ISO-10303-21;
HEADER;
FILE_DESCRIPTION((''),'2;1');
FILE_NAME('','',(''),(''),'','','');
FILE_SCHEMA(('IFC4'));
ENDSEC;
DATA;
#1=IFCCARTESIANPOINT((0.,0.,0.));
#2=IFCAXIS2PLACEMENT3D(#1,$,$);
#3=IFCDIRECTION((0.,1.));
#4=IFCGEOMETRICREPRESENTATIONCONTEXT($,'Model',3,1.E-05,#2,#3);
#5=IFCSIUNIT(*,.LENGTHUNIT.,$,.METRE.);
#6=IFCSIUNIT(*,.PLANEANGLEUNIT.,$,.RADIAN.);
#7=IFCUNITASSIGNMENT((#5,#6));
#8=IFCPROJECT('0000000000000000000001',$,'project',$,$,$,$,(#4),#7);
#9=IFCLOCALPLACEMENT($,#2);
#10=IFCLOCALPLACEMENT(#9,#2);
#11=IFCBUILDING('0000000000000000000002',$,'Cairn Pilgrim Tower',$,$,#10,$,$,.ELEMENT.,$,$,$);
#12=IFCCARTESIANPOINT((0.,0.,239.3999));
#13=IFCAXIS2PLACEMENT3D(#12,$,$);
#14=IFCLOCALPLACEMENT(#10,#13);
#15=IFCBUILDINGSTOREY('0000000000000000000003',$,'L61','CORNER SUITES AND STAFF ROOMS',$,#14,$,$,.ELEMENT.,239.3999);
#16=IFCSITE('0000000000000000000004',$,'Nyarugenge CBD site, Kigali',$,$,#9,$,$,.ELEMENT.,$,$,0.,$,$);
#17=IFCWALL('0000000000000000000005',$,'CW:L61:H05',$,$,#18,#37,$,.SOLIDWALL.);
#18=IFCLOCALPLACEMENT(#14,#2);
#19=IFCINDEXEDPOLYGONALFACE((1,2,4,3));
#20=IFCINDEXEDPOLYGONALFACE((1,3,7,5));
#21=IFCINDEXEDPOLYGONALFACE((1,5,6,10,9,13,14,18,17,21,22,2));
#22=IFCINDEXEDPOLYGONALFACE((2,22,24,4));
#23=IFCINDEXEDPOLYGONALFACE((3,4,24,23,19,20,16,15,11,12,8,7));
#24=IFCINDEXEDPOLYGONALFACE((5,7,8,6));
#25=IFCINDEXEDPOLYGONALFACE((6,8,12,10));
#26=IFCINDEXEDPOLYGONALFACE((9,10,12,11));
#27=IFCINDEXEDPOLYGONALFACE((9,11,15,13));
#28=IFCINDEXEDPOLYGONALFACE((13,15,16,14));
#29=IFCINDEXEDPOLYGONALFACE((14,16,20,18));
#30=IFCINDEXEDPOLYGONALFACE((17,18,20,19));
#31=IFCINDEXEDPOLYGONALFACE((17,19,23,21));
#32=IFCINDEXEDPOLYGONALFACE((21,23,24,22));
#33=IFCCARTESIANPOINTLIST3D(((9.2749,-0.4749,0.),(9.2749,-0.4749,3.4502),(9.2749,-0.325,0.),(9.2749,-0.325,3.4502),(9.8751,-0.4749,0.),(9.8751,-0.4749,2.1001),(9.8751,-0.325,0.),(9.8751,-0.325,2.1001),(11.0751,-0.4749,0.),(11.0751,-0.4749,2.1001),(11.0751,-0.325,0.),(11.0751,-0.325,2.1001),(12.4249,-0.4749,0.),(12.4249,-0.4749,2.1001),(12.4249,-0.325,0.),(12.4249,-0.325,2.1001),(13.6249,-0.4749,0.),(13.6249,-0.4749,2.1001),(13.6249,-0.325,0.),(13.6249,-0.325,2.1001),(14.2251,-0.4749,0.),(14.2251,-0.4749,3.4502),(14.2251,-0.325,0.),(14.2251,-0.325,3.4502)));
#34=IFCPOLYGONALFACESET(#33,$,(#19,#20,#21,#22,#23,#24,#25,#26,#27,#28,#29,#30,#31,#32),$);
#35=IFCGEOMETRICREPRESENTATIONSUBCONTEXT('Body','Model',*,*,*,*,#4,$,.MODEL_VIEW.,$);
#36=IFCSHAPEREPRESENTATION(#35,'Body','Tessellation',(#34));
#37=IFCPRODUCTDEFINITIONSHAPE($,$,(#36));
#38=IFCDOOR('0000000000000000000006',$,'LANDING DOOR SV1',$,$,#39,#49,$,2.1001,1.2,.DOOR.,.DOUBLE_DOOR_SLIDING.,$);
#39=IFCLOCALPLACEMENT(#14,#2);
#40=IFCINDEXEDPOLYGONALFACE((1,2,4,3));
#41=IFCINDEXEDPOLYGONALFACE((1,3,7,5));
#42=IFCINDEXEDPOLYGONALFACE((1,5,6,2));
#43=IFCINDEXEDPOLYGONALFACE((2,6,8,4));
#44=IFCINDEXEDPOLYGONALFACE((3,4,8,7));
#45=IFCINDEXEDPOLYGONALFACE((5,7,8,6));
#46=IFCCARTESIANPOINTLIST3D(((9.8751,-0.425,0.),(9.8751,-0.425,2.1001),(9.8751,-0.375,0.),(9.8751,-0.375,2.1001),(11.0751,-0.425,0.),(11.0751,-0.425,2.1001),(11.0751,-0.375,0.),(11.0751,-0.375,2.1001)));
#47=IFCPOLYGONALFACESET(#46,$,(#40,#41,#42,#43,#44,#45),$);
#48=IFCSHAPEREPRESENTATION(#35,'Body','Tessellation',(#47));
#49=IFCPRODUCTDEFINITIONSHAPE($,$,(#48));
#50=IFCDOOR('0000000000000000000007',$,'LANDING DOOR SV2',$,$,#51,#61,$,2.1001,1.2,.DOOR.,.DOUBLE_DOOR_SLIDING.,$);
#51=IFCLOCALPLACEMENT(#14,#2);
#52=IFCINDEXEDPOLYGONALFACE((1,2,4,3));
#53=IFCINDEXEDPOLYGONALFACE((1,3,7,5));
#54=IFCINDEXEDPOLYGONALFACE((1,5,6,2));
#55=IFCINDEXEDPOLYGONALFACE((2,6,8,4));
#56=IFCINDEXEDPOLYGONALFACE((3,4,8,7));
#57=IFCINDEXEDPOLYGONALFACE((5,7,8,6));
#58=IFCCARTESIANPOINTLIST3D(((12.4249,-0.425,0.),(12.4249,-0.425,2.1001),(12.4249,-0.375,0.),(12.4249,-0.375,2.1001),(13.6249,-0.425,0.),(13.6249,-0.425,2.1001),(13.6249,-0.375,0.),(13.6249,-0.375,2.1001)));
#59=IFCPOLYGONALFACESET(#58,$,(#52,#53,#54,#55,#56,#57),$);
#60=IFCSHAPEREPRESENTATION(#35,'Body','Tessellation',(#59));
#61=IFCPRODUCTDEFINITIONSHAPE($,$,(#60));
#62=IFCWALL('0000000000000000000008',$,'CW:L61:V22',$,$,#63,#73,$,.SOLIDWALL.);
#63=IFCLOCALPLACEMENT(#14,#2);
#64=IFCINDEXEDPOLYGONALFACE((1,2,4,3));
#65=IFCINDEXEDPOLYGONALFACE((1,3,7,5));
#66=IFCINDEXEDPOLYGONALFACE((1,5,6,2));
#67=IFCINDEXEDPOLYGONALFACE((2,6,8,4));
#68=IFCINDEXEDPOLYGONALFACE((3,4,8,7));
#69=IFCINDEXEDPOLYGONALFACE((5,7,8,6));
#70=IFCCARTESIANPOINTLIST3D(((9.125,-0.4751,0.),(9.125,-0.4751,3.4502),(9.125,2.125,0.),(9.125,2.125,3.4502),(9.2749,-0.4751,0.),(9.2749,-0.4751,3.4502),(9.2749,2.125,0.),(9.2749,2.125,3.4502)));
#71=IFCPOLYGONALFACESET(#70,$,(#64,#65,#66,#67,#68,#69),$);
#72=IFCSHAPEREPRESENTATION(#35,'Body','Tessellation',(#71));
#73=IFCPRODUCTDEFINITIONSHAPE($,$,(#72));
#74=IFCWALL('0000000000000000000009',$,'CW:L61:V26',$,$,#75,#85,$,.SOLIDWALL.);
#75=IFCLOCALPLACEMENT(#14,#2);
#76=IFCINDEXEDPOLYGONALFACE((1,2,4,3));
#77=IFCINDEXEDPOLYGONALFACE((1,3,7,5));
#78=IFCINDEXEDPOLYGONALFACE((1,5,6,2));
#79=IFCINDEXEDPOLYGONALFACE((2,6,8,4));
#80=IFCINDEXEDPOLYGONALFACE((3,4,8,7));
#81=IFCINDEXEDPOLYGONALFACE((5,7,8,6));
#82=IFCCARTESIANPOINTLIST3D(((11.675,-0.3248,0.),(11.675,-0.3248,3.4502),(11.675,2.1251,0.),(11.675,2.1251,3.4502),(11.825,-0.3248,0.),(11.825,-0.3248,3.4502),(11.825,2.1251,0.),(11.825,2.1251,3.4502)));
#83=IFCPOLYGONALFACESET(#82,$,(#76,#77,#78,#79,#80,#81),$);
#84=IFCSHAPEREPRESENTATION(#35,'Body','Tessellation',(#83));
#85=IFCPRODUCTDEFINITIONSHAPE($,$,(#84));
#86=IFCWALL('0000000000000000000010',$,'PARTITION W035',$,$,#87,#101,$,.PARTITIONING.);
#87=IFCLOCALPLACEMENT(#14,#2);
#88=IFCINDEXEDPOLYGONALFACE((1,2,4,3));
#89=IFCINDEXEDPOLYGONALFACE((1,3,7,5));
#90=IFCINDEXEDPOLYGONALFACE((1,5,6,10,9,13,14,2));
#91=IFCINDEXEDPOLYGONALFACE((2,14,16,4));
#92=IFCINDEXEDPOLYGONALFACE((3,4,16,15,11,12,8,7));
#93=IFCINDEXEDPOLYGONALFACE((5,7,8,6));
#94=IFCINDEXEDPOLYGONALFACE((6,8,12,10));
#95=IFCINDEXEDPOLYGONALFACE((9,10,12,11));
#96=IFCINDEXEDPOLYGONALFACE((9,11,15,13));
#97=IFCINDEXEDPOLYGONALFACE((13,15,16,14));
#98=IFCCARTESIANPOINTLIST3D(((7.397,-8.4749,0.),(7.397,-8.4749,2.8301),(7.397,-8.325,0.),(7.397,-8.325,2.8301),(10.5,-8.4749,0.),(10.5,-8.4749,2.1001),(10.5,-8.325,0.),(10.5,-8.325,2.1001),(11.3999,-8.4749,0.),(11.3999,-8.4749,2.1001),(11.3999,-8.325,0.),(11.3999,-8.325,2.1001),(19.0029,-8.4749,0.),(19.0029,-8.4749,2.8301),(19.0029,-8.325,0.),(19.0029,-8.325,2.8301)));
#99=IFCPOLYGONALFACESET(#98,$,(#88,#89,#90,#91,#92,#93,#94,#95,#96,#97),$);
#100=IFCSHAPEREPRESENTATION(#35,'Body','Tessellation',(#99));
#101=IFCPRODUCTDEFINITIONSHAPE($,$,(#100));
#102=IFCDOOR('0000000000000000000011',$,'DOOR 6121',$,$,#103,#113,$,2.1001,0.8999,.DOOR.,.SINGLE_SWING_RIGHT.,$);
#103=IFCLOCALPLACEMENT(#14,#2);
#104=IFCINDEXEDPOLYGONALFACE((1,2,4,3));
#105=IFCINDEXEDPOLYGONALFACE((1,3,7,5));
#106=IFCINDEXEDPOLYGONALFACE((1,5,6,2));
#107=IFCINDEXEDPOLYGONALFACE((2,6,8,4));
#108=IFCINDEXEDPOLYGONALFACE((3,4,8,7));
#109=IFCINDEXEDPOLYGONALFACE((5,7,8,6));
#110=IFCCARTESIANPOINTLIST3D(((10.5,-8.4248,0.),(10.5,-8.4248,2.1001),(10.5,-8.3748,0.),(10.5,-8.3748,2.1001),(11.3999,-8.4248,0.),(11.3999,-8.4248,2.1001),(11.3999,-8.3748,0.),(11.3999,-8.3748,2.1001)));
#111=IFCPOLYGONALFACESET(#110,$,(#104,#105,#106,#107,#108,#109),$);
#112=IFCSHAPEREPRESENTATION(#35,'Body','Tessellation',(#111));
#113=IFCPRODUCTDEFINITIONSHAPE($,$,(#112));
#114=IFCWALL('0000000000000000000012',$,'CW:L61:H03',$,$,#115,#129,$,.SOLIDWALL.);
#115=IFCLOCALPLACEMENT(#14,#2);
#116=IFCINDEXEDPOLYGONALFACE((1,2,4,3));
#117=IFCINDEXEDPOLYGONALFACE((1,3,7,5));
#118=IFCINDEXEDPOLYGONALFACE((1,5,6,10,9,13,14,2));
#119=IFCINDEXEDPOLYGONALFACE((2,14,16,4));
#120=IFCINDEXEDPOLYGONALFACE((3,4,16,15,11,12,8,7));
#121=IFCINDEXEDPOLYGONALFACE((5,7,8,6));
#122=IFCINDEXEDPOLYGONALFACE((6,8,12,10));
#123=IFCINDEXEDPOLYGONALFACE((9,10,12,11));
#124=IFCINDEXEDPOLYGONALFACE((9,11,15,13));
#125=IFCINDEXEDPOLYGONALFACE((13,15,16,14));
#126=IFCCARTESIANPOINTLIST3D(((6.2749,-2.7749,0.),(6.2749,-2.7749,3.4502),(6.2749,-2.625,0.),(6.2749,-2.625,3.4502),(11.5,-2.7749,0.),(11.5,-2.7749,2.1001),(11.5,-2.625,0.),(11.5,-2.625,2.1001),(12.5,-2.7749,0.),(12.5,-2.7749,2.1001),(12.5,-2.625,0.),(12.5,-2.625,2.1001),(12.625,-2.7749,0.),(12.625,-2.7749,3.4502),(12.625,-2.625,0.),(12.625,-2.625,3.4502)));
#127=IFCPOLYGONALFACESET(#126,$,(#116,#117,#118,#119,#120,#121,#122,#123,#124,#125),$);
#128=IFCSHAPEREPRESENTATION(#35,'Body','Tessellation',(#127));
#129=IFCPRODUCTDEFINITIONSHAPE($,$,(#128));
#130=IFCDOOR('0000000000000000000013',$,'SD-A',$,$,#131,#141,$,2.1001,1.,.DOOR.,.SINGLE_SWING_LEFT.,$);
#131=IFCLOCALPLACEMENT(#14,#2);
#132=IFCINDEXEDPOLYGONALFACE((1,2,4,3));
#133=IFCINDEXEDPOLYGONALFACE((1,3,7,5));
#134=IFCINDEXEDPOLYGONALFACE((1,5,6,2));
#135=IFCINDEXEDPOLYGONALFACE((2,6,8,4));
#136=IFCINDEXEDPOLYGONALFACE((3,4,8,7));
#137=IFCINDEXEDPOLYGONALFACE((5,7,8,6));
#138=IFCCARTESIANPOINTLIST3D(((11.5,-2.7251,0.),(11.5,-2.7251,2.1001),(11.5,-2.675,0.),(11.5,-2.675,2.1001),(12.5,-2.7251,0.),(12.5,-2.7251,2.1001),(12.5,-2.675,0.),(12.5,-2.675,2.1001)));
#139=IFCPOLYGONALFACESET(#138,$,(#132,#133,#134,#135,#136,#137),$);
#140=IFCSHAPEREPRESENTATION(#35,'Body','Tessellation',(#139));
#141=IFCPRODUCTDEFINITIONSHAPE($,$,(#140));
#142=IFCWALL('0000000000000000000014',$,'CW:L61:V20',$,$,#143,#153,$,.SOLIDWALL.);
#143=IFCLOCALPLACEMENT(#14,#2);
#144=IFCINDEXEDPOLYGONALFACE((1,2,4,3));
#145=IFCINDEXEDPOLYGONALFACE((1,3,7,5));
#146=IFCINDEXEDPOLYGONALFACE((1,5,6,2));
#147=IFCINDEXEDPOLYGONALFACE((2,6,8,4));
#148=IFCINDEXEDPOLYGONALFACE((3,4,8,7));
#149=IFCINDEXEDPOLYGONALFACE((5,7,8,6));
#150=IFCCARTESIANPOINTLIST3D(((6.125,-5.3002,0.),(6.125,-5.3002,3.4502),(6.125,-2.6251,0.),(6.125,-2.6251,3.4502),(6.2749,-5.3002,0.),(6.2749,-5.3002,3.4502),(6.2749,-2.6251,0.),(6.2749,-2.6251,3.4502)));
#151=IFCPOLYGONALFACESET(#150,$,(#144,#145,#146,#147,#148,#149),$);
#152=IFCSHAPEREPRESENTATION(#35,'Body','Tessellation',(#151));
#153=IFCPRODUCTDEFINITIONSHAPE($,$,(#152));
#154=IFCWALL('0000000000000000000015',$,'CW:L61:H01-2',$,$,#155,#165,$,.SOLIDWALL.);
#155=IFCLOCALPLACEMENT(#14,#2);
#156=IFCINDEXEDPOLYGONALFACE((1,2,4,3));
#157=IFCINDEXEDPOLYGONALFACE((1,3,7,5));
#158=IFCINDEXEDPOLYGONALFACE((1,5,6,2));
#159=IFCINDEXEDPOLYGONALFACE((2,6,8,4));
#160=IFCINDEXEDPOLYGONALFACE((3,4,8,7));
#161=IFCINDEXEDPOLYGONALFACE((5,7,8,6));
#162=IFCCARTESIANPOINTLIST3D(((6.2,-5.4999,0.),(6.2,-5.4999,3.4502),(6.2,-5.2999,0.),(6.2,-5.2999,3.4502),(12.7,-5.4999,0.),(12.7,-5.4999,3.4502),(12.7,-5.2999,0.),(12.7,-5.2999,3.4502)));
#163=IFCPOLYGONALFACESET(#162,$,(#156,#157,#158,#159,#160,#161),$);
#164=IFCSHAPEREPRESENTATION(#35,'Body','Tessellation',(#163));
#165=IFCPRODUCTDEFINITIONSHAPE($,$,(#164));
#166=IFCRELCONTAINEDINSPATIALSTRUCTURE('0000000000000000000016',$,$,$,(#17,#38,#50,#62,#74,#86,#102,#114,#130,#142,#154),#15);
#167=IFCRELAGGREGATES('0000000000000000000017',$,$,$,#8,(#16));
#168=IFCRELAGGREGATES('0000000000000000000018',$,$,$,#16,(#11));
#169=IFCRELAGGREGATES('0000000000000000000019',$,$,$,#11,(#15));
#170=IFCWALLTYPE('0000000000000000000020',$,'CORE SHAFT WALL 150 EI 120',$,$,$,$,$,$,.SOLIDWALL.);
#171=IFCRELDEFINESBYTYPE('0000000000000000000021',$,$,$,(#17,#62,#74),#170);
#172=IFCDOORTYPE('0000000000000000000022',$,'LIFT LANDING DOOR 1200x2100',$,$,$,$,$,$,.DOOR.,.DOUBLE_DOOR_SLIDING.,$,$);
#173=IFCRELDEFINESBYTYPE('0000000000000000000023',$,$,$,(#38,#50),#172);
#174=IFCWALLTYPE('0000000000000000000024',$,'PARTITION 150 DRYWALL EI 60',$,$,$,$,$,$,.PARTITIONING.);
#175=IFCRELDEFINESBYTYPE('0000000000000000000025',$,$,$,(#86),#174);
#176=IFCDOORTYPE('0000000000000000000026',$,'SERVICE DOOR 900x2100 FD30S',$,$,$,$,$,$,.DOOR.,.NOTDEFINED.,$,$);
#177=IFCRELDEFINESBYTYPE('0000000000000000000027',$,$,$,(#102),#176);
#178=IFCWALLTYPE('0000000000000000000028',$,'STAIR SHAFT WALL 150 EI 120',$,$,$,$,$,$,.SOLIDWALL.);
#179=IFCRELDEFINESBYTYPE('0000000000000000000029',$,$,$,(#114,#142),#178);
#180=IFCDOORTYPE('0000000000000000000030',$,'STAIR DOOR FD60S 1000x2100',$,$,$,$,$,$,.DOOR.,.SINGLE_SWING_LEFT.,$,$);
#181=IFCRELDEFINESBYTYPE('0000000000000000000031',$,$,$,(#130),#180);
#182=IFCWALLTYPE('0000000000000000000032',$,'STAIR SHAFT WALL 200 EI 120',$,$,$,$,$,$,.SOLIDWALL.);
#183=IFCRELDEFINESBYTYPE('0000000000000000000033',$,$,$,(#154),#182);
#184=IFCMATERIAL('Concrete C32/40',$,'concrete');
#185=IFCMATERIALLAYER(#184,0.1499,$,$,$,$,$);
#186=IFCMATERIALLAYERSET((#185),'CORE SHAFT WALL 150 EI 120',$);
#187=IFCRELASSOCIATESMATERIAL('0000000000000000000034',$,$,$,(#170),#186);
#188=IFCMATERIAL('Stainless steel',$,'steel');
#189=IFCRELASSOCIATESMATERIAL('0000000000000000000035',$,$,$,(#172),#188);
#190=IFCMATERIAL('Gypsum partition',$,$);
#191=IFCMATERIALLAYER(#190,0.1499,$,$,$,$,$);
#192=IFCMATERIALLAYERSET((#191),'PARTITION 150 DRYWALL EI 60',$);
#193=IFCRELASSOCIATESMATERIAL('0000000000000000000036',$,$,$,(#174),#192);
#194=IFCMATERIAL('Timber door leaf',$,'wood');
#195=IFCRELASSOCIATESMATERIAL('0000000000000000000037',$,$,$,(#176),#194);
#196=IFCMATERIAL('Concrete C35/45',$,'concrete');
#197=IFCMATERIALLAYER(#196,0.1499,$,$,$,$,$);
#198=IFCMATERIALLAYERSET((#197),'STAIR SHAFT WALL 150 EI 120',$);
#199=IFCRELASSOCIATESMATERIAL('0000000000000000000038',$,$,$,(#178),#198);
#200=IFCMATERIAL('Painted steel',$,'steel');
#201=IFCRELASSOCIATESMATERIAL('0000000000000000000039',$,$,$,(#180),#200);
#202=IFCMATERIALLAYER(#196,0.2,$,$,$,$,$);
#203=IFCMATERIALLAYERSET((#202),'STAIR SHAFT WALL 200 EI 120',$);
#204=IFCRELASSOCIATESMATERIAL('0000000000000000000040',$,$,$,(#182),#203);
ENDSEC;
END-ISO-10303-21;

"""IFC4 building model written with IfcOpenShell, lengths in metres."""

from ifc_helpers import new_model, si_unit, direction, frame, frame_2d, origin, place, context, subcontext, project, spatial, rectangle, extrude, material, layer, layer_set, type_object, element, fill, save


model = new_model("IFC4")

# Units and contexts
model_context = context("Model", 3, precision=1e-05, world=origin(), true_north=direction((0.0, 1.0)))
body_context = subcontext(model_context, "Body", "Model", "MODEL_VIEW")
ifc_project = project(units=[si_unit("LENGTHUNIT", "METRE"), si_unit("PLANEANGLEUNIT", "RADIAN")], contexts=[model_context])

# Site, building, storey
site_placement = place(None, origin())
site = spatial("IfcSite", under=ifc_project, at=site_placement, Name="Nyarugenge CBD site, Kigali", CompositionType="ELEMENT", RefElevation=0.0)
building_placement = place(site_placement, origin())
building = spatial("IfcBuilding", under=site, at=building_placement, Name="Cairn Pilgrim Tower", CompositionType="ELEMENT")
storey_placement = place(building_placement, frame((0.0, 0.0, 239.3999)))
storey = spatial("IfcBuildingStorey", under=building, at=storey_placement, Name="L61", Description="CORNER SUITES AND STAFF ROOMS", CompositionType="ELEMENT", Elevation=239.3999)

# Shared definitions
ifc_material_1 = material(Name="Concrete C35/45", Category="concrete")

# Shared definitions
ifc_material_2 = material(Name="Concrete C32/40", Category="concrete")

# Wall, openings, doors
ifc_layer_1 = layer(ifc_material_2, 0.1499)
ifc_layer_set_1 = layer_set([ifc_layer_1], Name="CORE SHAFT WALL 150 EI 120")
wall_type_1 = type_object("IfcWallType", Name="CORE SHAFT WALL 150 EI 120", PredefinedType="SOLIDWALL", material=ifc_layer_set_1)
wall_1_placement = place(storey_placement, frame((9.2749, -0.3999, 0.0), z_axis=(0.0, 0.0, 1.0), x_axis=(1.0, 0.0, 0.0)))
wall_1 = element("IfcWall", 1, at=wall_1_placement, inside=storey, type_object=wall_type_1, Name="CW:L61:H05", PredefinedType="SOLIDWALL", context=body_context, shape_type="SweptSolid", body=[
    extrude(rectangle(XDim=4.9502, YDim=0.1499, at=frame_2d((2.4751, 0.0))), origin(), (0.0, 0.0, 1.0), 3.4502),
])
opening_1_placement = place(wall_1_placement, frame((0.6001, 0.0, 0.0)))
opening_1 = element("IfcOpeningElement", 2, at=opening_1_placement, cuts=wall_1, PredefinedType="OPENING", context=body_context, shape_type="SweptSolid", body=[
    extrude(rectangle(XDim=1.2, YDim=2.1001, at=frame_2d((0.6001, 1.05))), frame((0.0, 0.085, 0.0), z_axis=(0.0, -1.0, 0.0), x_axis=(1.0, 0.0, 0.0)), (0.0, 0.0, 1.0), 0.1699),
])
opening_2_placement = place(wall_1_placement, frame((3.1499, 0.0, 0.0)))
opening_2 = element("IfcOpeningElement", 3, at=opening_2_placement, cuts=wall_1, PredefinedType="OPENING", context=body_context, shape_type="SweptSolid", body=[
    extrude(rectangle(XDim=1.2, YDim=2.1001, at=frame_2d((0.6001, 1.05))), frame((0.0, 0.085, 0.0), z_axis=(0.0, -1.0, 0.0), x_axis=(1.0, 0.0, 0.0)), (0.0, 0.0, 1.0), 0.1699),
])
ifc_material_3 = material(Name="Stainless steel", Category="steel")
door_type_1 = type_object("IfcDoorType", Name="LIFT LANDING DOOR 1200x2100", OperationType="DOUBLE_DOOR_SLIDING", PredefinedType="DOOR", material=ifc_material_3)
door_1_placement = place(opening_1_placement, origin())
door_1 = element("IfcDoor", 4, at=door_1_placement, inside=storey, type_object=door_type_1, Name="LANDING DOOR SV1", OperationType="DOUBLE_DOOR_SLIDING", OverallHeight=2.1001, OverallWidth=1.2, PredefinedType="DOOR", context=body_context, shape_type="SweptSolid", body=[
    extrude(rectangle(XDim=1.2, YDim=2.1001, at=frame_2d((0.6001, 1.05))), frame((0.0, 0.0249, 0.0), z_axis=(0.0, -1.0, 0.0), x_axis=(1.0, 0.0, 0.0)), (0.0, 0.0, 1.0), 0.05),
])
fill(opening_1, door_1)
door_2_placement = place(opening_2_placement, origin())
door_2 = element("IfcDoor", 5, at=door_2_placement, inside=storey, type_object=door_type_1, Name="LANDING DOOR SV2", OperationType="DOUBLE_DOOR_SLIDING", OverallHeight=2.1001, OverallWidth=1.2, PredefinedType="DOOR", context=body_context, shape_type="SweptSolid", body=[
    extrude(rectangle(XDim=1.2, YDim=2.1001, at=frame_2d((0.6001, 1.05))), frame((0.0, 0.0249, 0.0), z_axis=(0.0, -1.0, 0.0), x_axis=(1.0, 0.0, 0.0)), (0.0, 0.0, 1.0), 0.05),
])
fill(opening_2, door_2)

# Walls
wall_2_placement = place(storey_placement, frame((9.2, -0.4751, 0.0), z_axis=(0.0, 0.0, 1.0), x_axis=(0.0, 1.0, 0.0)))
element("IfcWall", 6, at=wall_2_placement, inside=storey, type_object=wall_type_1, Name="CW:L61:V22", PredefinedType="SOLIDWALL", context=body_context, shape_type="SweptSolid", body=[
    extrude(rectangle(XDim=2.6001, YDim=0.1499, at=frame_2d((1.3, 0.0))), origin(), (0.0, 0.0, 1.0), 3.4502),
])
wall_3_placement = place(storey_placement, frame((11.75, -0.325, 0.0), z_axis=(0.0, 0.0, 1.0), x_axis=(0.0, 1.0, 0.0)))
element("IfcWall", 7, at=wall_3_placement, inside=storey, type_object=wall_type_1, Name="CW:L61:V26", PredefinedType="SOLIDWALL", context=body_context, shape_type="SweptSolid", body=[
    extrude(rectangle(XDim=2.45, YDim=0.1499, at=frame_2d((1.2251, 0.0))), origin(), (0.0, 0.0, 1.0), 3.4502),
])

# Walls, openings, doors
ifc_material_4 = material(Name="Gypsum partition")
ifc_layer_2 = layer(ifc_material_4, 0.1499)
ifc_layer_set_2 = layer_set([ifc_layer_2], Name="PARTITION 150 DRYWALL EI 60")
wall_type_2 = type_object("IfcWallType", Name="PARTITION 150 DRYWALL EI 60", PredefinedType="PARTITIONING", material=ifc_layer_set_2)
wall_4_placement = place(storey_placement, frame((7.397, -8.3999, 0.0), z_axis=(0.0, 0.0, 1.0), x_axis=(1.0, 0.0, 0.0)))
wall_4 = element("IfcWall", 8, at=wall_4_placement, inside=storey, type_object=wall_type_2, Name="PARTITION W035", PredefinedType="PARTITIONING", context=body_context, shape_type="SweptSolid", body=[
    extrude(rectangle(XDim=11.606, YDim=0.1499, at=frame_2d((5.803, 0.0))), origin(), (0.0, 0.0, 1.0), 2.8301),
])
opening_3_placement = place(wall_4_placement, frame((3.103, 0.0, 0.0)))
opening_3 = element("IfcOpeningElement", 9, at=opening_3_placement, cuts=wall_4, PredefinedType="OPENING", context=body_context, shape_type="SweptSolid", body=[
    extrude(rectangle(XDim=0.8999, YDim=2.1001, at=frame_2d((0.45, 1.05))), frame((0.0, 0.085, 0.0), z_axis=(0.0, -1.0, 0.0), x_axis=(1.0, 0.0, 0.0)), (0.0, 0.0, 1.0), 0.1699),
])
ifc_material_5 = material(Name="Timber door leaf", Category="wood")
door_type_2 = type_object("IfcDoorType", Name="SERVICE DOOR 900x2100 FD30S", OperationType="NOTDEFINED", PredefinedType="DOOR", material=ifc_material_5)
door_3_placement = place(opening_3_placement, frame((0.8999, 0.0, 0.0), z_axis=(0.0, 0.0, 1.0), x_axis=(-1.0, 0.0, 0.0)))
door_3 = element("IfcDoor", 10, at=door_3_placement, inside=storey, type_object=door_type_2, Name="DOOR 6121", OperationType="SINGLE_SWING_RIGHT", OverallHeight=2.1001, OverallWidth=0.8999, PredefinedType="DOOR", context=body_context, shape_type="SweptSolid", body=[
    extrude(rectangle(XDim=0.8999, YDim=2.1001, at=frame_2d((0.45, 1.05))), frame((0.0, 0.0249, 0.0), z_axis=(0.0, -1.0, 0.0), x_axis=(1.0, 0.0, 0.0)), (0.0, 0.0, 1.0), 0.05),
])
fill(opening_3, door_3)
ifc_layer_3 = layer(ifc_material_1, 0.1499)
ifc_layer_set_3 = layer_set([ifc_layer_3], Name="STAIR SHAFT WALL 150 EI 120")
wall_type_3 = type_object("IfcWallType", Name="STAIR SHAFT WALL 150 EI 120", PredefinedType="SOLIDWALL", material=ifc_layer_set_3)
wall_5_placement = place(storey_placement, frame((6.2749, -2.7, 0.0), z_axis=(0.0, 0.0, 1.0), x_axis=(1.0, 0.0, 0.0)))
wall_5 = element("IfcWall", 11, at=wall_5_placement, inside=storey, type_object=wall_type_3, Name="CW:L61:H03", PredefinedType="SOLIDWALL", context=body_context, shape_type="SweptSolid", body=[
    extrude(rectangle(XDim=6.3501, YDim=0.1499, at=frame_2d((3.175, 0.0))), origin(), (0.0, 0.0, 1.0), 3.4502),
])
opening_4_placement = place(wall_5_placement, frame((5.2251, 0.0, 0.0)))
opening_4 = element("IfcOpeningElement", 12, at=opening_4_placement, cuts=wall_5, PredefinedType="OPENING", context=body_context, shape_type="SweptSolid", body=[
    extrude(rectangle(XDim=1.0, YDim=2.1001, at=frame_2d((0.5, 1.05))), frame((0.0, 0.085, 0.0), z_axis=(0.0, -1.0, 0.0), x_axis=(1.0, 0.0, 0.0)), (0.0, 0.0, 1.0), 0.1699),
])
ifc_material_6 = material(Name="Painted steel", Category="steel")
door_type_3 = type_object("IfcDoorType", Name="STAIR DOOR FD60S 1000x2100", OperationType="SINGLE_SWING_LEFT", PredefinedType="DOOR", material=ifc_material_6)
door_4_placement = place(opening_4_placement, origin())
door_4 = element("IfcDoor", 13, at=door_4_placement, inside=storey, type_object=door_type_3, Name="SD-A", OperationType="SINGLE_SWING_LEFT", OverallHeight=2.1001, OverallWidth=1.0, PredefinedType="DOOR", context=body_context, shape_type="SweptSolid", body=[
    extrude(rectangle(XDim=1.0, YDim=2.1001, at=frame_2d((0.5, 1.05))), frame((0.0, 0.0249, 0.0), z_axis=(0.0, -1.0, 0.0), x_axis=(1.0, 0.0, 0.0)), (0.0, 0.0, 1.0), 0.05),
])
fill(opening_4, door_4)

# Walls
wall_6_placement = place(storey_placement, frame((6.2, -5.3, 0.0), z_axis=(0.0, 0.0, 1.0), x_axis=(0.0, 1.0, 0.0)))
element("IfcWall", 14, at=wall_6_placement, inside=storey, type_object=wall_type_3, Name="CW:L61:V20", PredefinedType="SOLIDWALL", context=body_context, shape_type="SweptSolid", body=[
    extrude(rectangle(XDim=2.675, YDim=0.1499, at=frame_2d((1.3374, 0.0))), origin(), (0.0, 0.0, 1.0), 3.4502),
])
ifc_layer_4 = layer(ifc_material_1, 0.2)
ifc_layer_set_4 = layer_set([ifc_layer_4], Name="STAIR SHAFT WALL 200 EI 120")
wall_type_4 = type_object("IfcWallType", Name="STAIR SHAFT WALL 200 EI 120", PredefinedType="SOLIDWALL", material=ifc_layer_set_4)
wall_7_placement = place(storey_placement, frame((6.2, -5.3999, 0.0), z_axis=(0.0, 0.0, 1.0), x_axis=(1.0, 0.0, 0.0)))
element("IfcWall", 15, at=wall_7_placement, inside=storey, type_object=wall_type_4, Name="CW:L61:H01-2", PredefinedType="SOLIDWALL", context=body_context, shape_type="SweptSolid", body=[
    extrude(rectangle(XDim=6.5, YDim=0.2, at=frame_2d((3.25, 0.0))), origin(), (0.0, 0.0, 1.0), 3.4502),
])

save(model, "model.ifc")
